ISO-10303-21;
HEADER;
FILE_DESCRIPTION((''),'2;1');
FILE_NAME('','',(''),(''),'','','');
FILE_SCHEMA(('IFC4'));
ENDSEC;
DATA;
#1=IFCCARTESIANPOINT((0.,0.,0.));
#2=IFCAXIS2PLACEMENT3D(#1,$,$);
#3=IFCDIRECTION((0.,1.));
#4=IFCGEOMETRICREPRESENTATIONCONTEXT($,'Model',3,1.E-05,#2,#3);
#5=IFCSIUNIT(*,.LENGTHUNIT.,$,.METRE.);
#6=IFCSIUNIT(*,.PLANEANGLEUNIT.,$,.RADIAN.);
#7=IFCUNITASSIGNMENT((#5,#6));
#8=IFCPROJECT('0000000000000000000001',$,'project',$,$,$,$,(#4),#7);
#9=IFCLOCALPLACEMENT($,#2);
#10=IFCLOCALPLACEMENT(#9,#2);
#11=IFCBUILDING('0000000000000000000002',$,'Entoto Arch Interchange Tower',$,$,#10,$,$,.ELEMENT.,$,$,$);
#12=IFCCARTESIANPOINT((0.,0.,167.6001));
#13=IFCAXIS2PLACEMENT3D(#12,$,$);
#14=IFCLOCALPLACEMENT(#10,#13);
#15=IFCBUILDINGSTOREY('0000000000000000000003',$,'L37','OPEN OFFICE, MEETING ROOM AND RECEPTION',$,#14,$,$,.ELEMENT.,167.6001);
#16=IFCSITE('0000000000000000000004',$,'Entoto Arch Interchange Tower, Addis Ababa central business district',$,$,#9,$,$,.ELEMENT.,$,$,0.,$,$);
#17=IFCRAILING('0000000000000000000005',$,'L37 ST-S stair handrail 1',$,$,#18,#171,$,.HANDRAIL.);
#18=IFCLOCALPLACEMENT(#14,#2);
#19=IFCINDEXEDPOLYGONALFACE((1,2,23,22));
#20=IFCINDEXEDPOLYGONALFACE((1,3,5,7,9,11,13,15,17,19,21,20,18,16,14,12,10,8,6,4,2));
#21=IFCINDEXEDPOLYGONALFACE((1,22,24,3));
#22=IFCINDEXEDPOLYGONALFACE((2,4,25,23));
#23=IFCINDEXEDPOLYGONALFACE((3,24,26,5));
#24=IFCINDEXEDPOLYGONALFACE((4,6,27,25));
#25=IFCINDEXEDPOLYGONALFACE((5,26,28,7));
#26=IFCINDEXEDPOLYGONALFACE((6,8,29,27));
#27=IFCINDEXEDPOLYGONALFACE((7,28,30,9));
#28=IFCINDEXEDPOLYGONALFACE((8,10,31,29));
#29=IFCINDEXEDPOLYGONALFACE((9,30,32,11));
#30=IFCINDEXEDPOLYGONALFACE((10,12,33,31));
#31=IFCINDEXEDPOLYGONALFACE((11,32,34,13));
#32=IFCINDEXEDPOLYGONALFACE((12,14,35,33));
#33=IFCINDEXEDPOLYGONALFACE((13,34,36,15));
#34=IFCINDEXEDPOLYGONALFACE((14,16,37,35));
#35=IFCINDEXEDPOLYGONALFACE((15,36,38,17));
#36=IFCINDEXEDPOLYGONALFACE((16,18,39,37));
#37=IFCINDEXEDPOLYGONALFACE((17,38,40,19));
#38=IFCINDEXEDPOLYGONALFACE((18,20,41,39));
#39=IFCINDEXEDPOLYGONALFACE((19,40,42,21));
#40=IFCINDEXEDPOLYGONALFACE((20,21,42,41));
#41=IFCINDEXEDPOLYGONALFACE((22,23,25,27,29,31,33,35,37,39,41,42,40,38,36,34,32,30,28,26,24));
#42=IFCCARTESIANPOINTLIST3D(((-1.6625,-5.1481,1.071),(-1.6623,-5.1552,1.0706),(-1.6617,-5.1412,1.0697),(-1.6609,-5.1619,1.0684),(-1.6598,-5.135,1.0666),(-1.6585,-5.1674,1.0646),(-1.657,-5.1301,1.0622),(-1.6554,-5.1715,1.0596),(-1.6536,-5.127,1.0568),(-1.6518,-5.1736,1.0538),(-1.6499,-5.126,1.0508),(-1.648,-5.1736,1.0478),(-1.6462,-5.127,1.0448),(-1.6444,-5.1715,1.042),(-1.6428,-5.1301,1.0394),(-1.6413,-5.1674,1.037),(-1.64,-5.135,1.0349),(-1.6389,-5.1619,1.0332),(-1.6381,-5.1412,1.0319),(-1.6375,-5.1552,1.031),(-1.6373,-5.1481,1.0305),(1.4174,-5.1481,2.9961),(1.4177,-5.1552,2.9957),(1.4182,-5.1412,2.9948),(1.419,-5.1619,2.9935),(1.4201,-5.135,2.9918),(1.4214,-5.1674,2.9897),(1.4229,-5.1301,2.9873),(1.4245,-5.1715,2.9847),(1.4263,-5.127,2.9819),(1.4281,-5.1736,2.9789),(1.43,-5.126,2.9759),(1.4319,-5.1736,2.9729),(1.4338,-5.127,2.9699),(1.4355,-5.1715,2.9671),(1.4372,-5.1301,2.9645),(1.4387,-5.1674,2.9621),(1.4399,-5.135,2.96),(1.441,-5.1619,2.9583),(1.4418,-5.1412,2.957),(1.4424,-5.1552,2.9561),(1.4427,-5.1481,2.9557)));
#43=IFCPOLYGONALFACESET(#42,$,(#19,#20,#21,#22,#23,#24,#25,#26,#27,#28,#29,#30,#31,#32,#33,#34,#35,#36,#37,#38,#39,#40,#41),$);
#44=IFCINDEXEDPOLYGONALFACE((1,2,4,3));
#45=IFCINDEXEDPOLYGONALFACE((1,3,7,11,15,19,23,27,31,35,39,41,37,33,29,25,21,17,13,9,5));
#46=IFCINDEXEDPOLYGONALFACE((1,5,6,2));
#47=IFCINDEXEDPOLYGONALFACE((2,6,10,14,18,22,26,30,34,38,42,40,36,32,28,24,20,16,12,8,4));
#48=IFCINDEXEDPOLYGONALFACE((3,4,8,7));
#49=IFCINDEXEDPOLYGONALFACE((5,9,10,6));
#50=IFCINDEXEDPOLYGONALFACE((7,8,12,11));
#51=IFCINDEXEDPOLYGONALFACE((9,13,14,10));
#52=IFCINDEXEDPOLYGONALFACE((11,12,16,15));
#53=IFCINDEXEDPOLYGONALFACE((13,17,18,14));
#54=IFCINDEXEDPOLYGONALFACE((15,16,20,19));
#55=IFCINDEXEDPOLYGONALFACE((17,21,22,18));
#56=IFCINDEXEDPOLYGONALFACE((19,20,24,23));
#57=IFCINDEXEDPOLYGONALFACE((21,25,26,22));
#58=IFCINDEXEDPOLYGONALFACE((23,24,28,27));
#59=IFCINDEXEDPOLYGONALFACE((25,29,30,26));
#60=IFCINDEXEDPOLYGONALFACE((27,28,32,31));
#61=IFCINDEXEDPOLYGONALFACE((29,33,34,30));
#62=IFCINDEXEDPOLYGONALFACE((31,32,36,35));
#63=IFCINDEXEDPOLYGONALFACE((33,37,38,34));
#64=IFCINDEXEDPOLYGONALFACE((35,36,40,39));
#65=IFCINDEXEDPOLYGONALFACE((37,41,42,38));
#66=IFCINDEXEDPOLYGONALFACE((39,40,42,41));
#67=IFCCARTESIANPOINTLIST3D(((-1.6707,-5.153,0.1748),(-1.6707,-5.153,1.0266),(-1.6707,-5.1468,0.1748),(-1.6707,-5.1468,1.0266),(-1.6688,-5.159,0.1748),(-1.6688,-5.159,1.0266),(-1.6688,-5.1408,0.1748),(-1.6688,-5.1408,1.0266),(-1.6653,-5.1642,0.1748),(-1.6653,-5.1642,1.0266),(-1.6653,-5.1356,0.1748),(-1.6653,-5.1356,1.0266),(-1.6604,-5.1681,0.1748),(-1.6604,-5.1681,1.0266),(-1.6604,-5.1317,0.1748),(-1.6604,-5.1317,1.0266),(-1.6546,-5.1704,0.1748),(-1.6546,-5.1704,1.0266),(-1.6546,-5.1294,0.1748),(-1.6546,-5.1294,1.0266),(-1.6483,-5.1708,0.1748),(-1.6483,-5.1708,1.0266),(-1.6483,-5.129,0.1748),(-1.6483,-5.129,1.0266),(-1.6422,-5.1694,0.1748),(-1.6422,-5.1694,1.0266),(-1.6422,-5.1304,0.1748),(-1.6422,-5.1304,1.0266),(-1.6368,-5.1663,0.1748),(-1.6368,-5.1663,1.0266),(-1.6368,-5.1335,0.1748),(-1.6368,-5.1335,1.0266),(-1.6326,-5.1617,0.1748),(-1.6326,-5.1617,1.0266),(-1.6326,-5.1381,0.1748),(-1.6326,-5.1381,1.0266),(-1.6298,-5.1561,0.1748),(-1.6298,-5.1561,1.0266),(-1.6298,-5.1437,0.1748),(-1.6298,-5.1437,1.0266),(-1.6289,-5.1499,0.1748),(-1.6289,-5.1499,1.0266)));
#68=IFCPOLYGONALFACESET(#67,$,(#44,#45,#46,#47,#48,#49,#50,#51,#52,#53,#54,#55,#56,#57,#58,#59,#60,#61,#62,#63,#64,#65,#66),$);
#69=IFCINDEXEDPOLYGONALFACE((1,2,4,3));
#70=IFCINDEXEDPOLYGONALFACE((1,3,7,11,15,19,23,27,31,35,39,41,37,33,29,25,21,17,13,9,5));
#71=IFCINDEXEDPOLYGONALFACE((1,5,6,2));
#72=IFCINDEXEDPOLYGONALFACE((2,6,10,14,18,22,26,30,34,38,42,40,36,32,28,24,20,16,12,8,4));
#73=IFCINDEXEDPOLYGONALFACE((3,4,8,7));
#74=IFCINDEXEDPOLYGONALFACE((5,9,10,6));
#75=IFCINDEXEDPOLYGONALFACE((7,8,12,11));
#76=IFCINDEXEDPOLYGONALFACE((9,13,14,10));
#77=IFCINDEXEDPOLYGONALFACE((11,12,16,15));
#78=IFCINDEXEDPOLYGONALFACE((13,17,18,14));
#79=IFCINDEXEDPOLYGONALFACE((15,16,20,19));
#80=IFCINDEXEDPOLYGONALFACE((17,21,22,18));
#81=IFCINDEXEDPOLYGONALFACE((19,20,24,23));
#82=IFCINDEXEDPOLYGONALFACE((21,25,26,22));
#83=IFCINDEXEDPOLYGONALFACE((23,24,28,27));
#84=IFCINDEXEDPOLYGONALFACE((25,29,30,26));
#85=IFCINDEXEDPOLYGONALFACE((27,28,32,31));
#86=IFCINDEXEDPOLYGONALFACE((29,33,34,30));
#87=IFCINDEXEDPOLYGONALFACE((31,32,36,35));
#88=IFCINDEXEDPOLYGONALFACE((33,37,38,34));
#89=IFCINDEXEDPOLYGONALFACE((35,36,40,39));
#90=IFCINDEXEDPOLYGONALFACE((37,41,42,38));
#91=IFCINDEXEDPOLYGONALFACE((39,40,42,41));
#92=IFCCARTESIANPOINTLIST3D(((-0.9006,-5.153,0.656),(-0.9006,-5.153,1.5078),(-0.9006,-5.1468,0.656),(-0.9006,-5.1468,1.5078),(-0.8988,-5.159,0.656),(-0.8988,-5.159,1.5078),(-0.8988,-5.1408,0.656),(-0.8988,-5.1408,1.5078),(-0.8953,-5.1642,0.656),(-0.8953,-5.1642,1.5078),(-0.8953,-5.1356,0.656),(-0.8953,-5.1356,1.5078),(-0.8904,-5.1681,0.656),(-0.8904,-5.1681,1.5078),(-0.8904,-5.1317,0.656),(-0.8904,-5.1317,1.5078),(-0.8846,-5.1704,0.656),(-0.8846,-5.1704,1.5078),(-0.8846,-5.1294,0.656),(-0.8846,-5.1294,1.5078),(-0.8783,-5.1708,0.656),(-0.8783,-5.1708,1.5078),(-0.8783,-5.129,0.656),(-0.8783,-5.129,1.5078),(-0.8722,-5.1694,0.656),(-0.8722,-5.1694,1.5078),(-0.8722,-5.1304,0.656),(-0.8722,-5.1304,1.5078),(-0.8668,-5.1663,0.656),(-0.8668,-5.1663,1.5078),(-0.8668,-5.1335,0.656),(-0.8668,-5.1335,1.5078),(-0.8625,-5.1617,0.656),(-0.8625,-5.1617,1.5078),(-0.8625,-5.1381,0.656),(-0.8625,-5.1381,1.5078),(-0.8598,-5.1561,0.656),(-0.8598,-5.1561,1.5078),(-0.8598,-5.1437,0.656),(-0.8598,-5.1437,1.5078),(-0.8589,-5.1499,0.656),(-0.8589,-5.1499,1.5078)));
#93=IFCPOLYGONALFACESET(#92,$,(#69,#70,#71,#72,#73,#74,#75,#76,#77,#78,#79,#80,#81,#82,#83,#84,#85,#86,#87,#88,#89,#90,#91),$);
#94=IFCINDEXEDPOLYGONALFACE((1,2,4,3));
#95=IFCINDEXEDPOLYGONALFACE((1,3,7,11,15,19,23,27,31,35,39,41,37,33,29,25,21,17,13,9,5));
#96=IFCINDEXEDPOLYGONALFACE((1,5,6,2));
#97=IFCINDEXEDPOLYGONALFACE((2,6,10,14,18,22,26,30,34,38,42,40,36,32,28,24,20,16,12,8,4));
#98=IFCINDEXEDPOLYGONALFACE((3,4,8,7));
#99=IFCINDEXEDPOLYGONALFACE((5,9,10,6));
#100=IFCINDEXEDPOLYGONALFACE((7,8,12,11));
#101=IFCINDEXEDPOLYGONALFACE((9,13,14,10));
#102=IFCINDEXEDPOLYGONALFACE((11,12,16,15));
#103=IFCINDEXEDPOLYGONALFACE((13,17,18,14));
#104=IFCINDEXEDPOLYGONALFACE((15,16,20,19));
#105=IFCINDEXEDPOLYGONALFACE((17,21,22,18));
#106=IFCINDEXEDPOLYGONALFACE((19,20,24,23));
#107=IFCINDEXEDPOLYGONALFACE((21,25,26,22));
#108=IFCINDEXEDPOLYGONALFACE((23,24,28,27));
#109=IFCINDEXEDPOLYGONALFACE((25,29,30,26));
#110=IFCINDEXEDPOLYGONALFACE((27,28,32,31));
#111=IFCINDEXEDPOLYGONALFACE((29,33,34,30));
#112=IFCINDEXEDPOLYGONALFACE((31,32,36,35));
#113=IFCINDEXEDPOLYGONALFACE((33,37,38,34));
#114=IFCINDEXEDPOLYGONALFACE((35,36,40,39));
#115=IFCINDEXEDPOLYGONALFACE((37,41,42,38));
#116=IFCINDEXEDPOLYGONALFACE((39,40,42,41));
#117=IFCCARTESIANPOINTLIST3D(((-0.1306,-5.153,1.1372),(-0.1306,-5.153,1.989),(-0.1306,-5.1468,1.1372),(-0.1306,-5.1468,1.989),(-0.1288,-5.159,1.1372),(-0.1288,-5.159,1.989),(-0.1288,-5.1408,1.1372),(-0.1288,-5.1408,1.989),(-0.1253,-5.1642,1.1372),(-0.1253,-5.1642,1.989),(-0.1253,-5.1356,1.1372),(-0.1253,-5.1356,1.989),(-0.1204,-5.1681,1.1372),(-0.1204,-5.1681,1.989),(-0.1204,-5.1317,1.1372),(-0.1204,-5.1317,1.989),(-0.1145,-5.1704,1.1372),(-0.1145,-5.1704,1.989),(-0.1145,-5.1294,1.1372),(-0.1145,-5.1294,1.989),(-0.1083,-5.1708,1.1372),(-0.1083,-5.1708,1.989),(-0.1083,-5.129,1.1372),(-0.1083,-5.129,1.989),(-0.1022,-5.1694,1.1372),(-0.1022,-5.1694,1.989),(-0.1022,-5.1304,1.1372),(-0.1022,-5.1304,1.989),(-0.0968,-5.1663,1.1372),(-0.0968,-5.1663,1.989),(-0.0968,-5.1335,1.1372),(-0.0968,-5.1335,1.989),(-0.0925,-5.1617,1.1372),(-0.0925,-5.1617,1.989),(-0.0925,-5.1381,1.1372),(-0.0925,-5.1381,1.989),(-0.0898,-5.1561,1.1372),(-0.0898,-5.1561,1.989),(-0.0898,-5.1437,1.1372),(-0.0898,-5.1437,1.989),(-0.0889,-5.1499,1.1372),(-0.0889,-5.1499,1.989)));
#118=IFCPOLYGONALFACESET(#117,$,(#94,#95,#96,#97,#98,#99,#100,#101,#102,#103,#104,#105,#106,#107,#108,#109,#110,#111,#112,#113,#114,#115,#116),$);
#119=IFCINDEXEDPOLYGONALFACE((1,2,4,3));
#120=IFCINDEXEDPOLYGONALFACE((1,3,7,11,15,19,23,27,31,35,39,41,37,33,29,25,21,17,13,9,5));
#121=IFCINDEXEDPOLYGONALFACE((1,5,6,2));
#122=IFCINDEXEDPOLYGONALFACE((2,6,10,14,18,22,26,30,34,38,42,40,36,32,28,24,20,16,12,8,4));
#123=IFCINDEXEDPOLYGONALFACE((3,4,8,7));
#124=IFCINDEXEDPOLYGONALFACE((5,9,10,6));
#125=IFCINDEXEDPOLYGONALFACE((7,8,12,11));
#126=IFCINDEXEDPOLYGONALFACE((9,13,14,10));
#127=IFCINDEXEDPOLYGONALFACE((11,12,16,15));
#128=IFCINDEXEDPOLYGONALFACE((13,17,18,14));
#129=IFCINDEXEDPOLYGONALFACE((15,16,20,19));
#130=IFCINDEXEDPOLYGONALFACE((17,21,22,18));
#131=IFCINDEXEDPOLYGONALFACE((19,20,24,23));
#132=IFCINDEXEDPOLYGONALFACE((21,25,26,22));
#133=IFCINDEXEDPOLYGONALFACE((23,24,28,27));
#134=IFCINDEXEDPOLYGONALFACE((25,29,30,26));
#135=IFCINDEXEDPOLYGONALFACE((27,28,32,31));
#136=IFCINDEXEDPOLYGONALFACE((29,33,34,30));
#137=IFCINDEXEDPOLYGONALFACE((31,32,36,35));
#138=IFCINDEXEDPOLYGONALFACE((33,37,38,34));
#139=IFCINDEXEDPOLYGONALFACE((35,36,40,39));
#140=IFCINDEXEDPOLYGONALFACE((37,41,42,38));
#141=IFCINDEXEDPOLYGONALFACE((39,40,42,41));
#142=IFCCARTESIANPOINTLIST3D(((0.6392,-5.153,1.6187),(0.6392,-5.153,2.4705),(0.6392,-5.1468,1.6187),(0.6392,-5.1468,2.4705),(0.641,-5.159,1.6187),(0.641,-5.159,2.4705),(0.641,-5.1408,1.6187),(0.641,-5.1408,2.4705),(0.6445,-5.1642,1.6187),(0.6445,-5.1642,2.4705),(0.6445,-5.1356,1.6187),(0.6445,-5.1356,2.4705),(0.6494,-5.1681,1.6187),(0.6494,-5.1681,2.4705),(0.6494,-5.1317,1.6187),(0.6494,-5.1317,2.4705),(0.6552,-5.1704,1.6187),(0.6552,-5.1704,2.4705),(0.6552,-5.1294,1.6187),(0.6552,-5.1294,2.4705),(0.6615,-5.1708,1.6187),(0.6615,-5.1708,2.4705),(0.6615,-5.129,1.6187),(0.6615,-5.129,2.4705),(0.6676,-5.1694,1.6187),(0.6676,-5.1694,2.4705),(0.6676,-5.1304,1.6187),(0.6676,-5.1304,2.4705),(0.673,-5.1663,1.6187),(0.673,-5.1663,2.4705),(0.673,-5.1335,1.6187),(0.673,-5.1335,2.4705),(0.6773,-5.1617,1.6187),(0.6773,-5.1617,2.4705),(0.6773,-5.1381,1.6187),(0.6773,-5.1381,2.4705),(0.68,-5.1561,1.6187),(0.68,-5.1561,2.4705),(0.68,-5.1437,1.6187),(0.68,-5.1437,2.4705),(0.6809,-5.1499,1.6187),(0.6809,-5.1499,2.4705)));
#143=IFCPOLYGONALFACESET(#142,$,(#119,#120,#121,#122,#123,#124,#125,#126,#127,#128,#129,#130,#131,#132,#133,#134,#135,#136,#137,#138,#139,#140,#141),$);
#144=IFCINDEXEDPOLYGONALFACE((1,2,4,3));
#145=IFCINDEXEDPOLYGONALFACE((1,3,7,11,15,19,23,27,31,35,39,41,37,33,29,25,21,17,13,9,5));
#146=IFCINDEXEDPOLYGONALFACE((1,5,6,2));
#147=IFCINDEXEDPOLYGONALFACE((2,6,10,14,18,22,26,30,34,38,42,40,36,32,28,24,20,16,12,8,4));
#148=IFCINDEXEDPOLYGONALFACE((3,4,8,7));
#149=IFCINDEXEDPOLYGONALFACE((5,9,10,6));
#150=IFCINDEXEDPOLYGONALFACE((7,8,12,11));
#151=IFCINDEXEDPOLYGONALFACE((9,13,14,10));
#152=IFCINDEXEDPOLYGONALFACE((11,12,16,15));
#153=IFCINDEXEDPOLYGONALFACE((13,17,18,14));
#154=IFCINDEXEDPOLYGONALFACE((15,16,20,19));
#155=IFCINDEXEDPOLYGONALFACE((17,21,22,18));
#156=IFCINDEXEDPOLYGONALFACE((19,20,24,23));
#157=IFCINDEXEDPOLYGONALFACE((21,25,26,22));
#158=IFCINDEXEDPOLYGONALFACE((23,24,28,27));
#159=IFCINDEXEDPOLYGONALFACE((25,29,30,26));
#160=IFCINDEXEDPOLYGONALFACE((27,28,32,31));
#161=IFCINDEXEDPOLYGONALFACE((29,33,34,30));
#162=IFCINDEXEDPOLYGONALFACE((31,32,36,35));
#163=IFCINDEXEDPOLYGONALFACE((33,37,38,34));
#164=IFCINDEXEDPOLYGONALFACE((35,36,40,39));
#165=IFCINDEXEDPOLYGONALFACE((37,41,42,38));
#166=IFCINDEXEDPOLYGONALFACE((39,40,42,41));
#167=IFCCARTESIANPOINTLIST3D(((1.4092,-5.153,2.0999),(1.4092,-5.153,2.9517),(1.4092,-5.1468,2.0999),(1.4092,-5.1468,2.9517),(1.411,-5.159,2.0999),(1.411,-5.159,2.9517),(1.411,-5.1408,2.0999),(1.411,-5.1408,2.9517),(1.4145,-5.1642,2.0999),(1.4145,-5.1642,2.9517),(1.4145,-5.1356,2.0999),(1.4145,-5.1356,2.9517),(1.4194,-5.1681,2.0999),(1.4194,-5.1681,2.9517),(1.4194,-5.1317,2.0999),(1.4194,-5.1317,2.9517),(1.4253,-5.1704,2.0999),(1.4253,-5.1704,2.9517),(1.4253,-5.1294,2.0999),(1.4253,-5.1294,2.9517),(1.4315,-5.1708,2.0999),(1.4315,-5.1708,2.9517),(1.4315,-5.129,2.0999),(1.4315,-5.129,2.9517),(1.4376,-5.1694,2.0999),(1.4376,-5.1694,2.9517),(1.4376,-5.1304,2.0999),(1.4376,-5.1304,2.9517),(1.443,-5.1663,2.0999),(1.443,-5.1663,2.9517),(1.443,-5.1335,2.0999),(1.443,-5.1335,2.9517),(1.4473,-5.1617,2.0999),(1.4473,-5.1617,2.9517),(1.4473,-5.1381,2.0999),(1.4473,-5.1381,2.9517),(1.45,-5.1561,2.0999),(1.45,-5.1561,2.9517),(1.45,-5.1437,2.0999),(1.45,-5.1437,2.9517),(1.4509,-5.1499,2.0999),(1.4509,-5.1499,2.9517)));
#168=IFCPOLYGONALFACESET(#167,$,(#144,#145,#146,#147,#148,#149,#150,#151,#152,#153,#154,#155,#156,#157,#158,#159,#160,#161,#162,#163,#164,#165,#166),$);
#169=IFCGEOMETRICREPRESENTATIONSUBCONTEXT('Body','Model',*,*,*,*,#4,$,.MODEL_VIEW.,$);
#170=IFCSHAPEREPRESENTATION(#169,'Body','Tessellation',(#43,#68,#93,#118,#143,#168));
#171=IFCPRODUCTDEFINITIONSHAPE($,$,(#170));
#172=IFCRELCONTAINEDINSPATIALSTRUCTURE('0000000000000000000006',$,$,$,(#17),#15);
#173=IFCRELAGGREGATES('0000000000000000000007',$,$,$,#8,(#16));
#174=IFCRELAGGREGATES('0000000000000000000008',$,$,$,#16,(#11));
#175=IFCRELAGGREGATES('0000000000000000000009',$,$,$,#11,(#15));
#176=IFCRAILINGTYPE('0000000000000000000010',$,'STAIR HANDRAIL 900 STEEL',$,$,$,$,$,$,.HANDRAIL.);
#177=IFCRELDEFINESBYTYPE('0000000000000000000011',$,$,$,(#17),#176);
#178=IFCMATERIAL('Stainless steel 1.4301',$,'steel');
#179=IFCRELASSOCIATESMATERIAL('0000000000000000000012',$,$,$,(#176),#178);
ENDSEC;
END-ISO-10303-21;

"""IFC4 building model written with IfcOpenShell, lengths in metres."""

from ifc_helpers import new_model, si_unit, direction, frame, origin, origin_2d, place, context, subcontext, project, spatial, circle, extrude, material, type_object, element, save


model = new_model("IFC4")

# Units and contexts
model_context = context("Model", 3, precision=1e-05, world=origin(), true_north=direction((0.0, 1.0)))
body_context = subcontext(model_context, "Body", "Model", "MODEL_VIEW")
ifc_project = project(units=[si_unit("LENGTHUNIT", "METRE"), si_unit("PLANEANGLEUNIT", "RADIAN")], contexts=[model_context])

# Site, building, storey
site_placement = place(None, origin())
site = spatial("IfcSite", under=ifc_project, at=site_placement, Name="Entoto Arch Interchange Tower, Addis Ababa central business district", CompositionType="ELEMENT", RefElevation=0.0)
building_placement = place(site_placement, origin())
building = spatial("IfcBuilding", under=site, at=building_placement, Name="Entoto Arch Interchange Tower", CompositionType="ELEMENT")
storey_placement = place(building_placement, frame((0.0, 0.0, 167.6001)))
storey = spatial("IfcBuildingStorey", under=building, at=storey_placement, Name="L37", Description="OPEN OFFICE, MEETING ROOM AND RECEPTION", CompositionType="ELEMENT", Elevation=167.6001)

# Railing
ifc_material_1 = material(Name="Stainless steel 1.4301", Category="steel")
railing_type_1 = type_object("IfcRailingType", Name="STAIR HANDRAIL 900 STEEL", PredefinedType="HANDRAIL", material=ifc_material_1)
railing_1_placement = place(storey_placement, frame((-1.6499, -5.1499, 0.1748)))
element("IfcRailing", 1, at=railing_1_placement, inside=storey, type_object=railing_type_1, Name="L37 ST-S stair handrail 1", PredefinedType="HANDRAIL", context=body_context, shape_type="SweptSolid", body=[
    extrude(circle(Radius=0.0239, at=origin_2d()), frame((0.0, 0.0, 0.876), z_axis=(0.847979, 0.0, 0.530029), x_axis=(0.0, 1.0, 0.0)), (0.0, 0.0, 1.0), 3.6321),
    extrude(circle(Radius=0.021, at=origin_2d()), origin(), (0.0, 0.0, 1.0), 0.8518),
    extrude(circle(Radius=0.021, at=origin_2d()), frame((0.77, 0.0, 0.4812)), (0.0, 0.0, 1.0), 0.8518),
    extrude(circle(Radius=0.021, at=origin_2d()), frame((1.54, 0.0, 0.9624)), (0.0, 0.0, 1.0), 0.8518),
    extrude(circle(Radius=0.021, at=origin_2d()), frame((2.3098, 0.0, 1.4438)), (0.0, 0.0, 1.0), 0.8518),
    extrude(circle(Radius=0.021, at=origin_2d()), frame((3.0798, 0.0, 1.925)), (0.0, 0.0, 1.0), 0.8518),
])

save(model, "model.ifc")
